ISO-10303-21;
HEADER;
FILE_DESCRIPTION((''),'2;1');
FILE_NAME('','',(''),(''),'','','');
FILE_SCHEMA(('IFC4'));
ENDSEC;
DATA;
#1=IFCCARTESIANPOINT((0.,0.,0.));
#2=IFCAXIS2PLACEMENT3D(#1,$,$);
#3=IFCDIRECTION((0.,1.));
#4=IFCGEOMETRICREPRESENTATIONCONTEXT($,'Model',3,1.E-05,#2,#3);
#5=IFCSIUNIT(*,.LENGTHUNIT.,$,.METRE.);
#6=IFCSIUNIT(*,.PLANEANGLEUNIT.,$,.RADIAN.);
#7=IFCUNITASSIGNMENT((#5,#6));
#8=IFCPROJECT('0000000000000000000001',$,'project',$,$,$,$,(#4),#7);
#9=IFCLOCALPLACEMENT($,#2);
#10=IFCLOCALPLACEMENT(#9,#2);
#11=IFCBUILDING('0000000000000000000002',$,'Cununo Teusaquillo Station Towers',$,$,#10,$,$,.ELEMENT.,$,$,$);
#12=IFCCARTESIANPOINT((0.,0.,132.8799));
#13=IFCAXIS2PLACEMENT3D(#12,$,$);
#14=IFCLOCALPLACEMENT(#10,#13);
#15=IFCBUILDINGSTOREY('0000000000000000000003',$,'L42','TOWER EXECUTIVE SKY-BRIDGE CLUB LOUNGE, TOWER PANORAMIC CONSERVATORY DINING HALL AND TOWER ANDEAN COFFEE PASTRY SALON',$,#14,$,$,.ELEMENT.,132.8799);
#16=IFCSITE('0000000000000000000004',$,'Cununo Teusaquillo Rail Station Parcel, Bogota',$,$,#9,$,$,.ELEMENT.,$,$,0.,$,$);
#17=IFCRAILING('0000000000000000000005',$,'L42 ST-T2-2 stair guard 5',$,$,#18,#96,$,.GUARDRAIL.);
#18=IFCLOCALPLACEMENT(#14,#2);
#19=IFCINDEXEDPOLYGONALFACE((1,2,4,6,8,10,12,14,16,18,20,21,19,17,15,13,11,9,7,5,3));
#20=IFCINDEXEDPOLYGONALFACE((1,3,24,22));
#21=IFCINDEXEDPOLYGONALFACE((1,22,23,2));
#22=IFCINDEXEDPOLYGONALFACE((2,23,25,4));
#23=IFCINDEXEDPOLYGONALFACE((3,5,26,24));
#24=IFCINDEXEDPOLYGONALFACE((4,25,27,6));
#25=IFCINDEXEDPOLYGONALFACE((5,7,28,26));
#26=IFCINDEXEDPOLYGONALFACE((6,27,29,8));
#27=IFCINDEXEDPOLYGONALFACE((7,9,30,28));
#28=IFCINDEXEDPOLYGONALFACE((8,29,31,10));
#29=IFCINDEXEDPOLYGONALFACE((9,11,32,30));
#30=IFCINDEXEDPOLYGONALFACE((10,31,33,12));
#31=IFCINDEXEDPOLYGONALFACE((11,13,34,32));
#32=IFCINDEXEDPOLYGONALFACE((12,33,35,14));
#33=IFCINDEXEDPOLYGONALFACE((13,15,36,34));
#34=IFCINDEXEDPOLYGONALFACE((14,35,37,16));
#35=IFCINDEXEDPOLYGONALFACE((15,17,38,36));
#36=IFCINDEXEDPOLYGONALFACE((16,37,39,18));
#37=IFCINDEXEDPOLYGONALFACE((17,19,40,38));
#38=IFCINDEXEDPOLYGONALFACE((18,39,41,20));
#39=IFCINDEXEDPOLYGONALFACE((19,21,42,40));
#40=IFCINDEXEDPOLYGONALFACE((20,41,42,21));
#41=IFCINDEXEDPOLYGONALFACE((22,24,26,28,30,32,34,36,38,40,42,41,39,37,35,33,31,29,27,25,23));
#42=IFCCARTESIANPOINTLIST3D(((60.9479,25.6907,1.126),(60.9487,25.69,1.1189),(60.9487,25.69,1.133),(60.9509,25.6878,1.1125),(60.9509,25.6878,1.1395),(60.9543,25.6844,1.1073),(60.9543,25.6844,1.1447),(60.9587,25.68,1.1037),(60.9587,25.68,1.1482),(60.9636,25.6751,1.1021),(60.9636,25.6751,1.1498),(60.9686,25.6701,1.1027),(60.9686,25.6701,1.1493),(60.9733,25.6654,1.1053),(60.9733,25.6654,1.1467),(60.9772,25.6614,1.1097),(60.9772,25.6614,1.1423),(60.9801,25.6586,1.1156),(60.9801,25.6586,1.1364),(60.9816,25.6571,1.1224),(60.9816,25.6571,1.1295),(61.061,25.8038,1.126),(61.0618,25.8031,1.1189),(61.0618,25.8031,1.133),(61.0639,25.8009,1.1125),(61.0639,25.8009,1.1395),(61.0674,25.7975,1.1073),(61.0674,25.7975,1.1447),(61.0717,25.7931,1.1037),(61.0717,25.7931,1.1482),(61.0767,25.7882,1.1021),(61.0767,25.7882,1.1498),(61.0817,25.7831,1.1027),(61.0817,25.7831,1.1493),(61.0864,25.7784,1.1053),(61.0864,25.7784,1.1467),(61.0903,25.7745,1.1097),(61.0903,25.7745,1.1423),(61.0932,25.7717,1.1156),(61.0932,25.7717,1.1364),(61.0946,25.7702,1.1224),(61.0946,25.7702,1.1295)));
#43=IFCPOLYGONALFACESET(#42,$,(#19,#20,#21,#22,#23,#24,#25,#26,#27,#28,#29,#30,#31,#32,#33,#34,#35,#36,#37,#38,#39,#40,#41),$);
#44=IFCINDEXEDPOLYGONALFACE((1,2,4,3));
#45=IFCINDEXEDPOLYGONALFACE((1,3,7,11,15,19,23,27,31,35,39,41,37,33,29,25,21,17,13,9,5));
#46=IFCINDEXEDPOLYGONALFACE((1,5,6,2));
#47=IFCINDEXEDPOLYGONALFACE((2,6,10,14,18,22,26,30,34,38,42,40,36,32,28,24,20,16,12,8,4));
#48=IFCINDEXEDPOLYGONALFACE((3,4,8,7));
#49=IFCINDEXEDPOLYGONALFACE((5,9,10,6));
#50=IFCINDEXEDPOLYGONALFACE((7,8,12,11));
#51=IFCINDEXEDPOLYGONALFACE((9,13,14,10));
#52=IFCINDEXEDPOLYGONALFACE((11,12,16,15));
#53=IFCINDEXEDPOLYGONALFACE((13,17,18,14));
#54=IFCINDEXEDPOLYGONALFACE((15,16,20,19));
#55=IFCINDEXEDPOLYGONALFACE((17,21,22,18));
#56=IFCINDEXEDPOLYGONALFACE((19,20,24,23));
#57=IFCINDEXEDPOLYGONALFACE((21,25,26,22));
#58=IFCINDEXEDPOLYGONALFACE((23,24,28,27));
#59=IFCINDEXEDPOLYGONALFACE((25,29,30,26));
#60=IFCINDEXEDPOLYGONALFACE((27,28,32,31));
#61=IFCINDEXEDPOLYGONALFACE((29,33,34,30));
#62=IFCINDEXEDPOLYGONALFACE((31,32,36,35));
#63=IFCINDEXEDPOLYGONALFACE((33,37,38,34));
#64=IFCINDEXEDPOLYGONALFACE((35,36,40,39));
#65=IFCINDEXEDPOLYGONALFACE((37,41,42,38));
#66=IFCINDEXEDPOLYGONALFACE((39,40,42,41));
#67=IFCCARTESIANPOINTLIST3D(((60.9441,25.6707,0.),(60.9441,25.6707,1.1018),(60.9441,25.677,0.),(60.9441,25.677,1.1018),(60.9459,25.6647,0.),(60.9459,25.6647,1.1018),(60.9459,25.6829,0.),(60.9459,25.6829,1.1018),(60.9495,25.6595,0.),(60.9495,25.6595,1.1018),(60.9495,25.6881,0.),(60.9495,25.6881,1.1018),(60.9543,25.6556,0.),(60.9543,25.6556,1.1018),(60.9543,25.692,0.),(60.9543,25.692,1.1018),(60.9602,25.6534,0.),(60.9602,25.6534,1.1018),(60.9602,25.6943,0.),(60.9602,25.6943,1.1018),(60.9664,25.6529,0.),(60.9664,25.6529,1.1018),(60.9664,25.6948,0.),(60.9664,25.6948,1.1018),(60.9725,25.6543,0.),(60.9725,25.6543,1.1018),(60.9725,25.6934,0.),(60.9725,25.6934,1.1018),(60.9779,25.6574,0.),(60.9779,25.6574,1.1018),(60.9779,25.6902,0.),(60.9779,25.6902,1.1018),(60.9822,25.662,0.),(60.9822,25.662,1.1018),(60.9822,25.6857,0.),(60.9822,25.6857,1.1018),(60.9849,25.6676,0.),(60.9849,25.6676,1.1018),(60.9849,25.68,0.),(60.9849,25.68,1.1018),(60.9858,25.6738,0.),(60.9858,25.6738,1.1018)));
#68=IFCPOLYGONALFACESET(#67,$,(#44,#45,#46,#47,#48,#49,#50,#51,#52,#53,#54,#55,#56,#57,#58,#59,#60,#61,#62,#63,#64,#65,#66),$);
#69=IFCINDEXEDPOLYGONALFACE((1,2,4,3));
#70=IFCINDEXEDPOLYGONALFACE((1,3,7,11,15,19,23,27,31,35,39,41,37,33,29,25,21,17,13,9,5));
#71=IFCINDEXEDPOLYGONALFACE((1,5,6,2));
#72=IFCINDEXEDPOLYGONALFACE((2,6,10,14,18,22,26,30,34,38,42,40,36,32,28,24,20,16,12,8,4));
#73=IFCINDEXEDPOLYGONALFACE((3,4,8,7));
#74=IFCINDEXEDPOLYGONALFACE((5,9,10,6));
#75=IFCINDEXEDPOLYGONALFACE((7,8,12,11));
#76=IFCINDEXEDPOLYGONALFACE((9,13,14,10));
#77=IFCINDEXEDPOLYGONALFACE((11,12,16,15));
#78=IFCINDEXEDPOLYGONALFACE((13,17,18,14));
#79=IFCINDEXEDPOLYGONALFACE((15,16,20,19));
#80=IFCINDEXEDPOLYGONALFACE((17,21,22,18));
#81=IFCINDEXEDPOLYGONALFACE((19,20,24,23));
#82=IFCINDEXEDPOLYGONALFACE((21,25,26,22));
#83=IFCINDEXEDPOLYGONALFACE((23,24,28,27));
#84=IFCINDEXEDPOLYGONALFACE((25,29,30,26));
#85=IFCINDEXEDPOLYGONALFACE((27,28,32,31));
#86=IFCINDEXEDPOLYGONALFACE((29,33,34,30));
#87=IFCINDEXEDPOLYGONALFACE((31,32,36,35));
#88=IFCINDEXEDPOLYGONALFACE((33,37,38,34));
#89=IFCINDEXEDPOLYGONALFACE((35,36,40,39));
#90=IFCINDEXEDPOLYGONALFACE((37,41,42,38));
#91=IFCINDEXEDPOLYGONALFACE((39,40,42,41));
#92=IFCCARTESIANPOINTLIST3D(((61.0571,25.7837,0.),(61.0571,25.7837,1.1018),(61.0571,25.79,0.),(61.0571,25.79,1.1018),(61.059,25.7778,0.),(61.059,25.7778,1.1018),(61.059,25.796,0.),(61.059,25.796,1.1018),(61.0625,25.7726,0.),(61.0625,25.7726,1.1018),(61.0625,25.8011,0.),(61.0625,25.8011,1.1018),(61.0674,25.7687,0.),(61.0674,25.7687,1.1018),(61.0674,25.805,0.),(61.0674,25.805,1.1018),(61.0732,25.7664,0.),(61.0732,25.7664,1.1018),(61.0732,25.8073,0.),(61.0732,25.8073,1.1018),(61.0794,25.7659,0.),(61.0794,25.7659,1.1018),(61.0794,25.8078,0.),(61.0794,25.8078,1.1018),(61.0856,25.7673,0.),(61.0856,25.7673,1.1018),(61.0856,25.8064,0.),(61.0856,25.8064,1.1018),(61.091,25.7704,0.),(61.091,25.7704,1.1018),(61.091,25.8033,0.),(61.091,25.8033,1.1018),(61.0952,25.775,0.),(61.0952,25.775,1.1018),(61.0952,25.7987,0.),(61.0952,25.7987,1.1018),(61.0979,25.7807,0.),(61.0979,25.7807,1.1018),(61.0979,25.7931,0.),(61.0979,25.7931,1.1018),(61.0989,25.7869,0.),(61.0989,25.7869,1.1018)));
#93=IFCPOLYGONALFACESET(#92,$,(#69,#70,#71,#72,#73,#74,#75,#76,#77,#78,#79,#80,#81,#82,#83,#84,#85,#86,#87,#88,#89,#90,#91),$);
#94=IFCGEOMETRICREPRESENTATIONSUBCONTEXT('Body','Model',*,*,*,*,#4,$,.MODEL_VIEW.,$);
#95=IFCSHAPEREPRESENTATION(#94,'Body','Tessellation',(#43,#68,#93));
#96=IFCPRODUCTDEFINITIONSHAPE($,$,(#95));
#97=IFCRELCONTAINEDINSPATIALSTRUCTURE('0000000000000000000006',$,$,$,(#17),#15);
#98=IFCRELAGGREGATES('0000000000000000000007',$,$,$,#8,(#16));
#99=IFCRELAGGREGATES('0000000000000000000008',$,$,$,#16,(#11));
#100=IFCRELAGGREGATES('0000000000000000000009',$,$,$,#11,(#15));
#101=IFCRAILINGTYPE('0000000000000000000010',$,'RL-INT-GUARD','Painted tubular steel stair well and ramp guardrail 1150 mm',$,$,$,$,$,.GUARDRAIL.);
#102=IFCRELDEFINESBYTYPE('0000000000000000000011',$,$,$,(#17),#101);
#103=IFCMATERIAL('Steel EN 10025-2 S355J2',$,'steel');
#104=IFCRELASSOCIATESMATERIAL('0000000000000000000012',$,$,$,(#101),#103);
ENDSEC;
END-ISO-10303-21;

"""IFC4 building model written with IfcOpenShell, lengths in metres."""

from ifc_helpers import new_model, si_unit, direction, frame, origin, origin_2d, place, context, subcontext, project, spatial, circle, extrude, material, type_object, element, save


model = new_model("IFC4")

# Units and contexts
model_context = context("Model", 3, precision=1e-05, world=origin(), true_north=direction((0.0, 1.0)))
body_context = subcontext(model_context, "Body", "Model", "MODEL_VIEW")
ifc_project = project(units=[si_unit("LENGTHUNIT", "METRE"), si_unit("PLANEANGLEUNIT", "RADIAN")], contexts=[model_context])

# Site, building, storey
site_placement = place(None, origin())
site = spatial("IfcSite", under=ifc_project, at=site_placement, Name="Cununo Teusaquillo Rail Station Parcel, Bogota", CompositionType="ELEMENT", RefElevation=0.0)
building_placement = place(site_placement, origin())
building = spatial("IfcBuilding", under=site, at=building_placement, Name="Cununo Teusaquillo Station Towers", CompositionType="ELEMENT")
storey_placement = place(building_placement, frame((0.0, 0.0, 132.8799)))
storey = spatial("IfcBuildingStorey", under=building, at=storey_placement, Name="L42", Description="TOWER EXECUTIVE SKY-BRIDGE CLUB LOUNGE, TOWER PANORAMIC CONSERVATORY DINING HALL AND TOWER ANDEAN COFFEE PASTRY SALON", CompositionType="ELEMENT", Elevation=132.8799)

# Railing
ifc_material_1 = material(Name="Steel EN 10025-2 S355J2", Category="steel")
railing_type_1 = type_object("IfcRailingType", Name="RL-INT-GUARD", Description="Painted tubular steel stair well and ramp guardrail 1150 mm", PredefinedType="GUARDRAIL", material=ifc_material_1)
railing_1_placement = place(storey_placement, frame((60.9648, 25.6738, 0.0)))
element("IfcRailing", 1, at=railing_1_placement, inside=storey, type_object=railing_type_1, Name="L42 ST-T2-2 stair guard 5", PredefinedType="GUARDRAIL", context=body_context, shape_type="SweptSolid", body=[
    extrude(circle(Radius=0.0239, at=origin_2d()), frame((0.0, 0.0, 1.126), z_axis=(0.707107, 0.707107, 0.0), x_axis=(-0.707107, 0.707107, 0.0)), (0.0, 0.0, 1.0), 0.1599),
    extrude(circle(Radius=0.021, at=origin_2d()), origin(), (0.0, 0.0, 1.0), 1.1018),
    extrude(circle(Radius=0.021, at=origin_2d()), frame((0.113, 0.113, 0.0)), (0.0, 0.0, 1.0), 1.1018),
])

save(model, "model.ifc")
